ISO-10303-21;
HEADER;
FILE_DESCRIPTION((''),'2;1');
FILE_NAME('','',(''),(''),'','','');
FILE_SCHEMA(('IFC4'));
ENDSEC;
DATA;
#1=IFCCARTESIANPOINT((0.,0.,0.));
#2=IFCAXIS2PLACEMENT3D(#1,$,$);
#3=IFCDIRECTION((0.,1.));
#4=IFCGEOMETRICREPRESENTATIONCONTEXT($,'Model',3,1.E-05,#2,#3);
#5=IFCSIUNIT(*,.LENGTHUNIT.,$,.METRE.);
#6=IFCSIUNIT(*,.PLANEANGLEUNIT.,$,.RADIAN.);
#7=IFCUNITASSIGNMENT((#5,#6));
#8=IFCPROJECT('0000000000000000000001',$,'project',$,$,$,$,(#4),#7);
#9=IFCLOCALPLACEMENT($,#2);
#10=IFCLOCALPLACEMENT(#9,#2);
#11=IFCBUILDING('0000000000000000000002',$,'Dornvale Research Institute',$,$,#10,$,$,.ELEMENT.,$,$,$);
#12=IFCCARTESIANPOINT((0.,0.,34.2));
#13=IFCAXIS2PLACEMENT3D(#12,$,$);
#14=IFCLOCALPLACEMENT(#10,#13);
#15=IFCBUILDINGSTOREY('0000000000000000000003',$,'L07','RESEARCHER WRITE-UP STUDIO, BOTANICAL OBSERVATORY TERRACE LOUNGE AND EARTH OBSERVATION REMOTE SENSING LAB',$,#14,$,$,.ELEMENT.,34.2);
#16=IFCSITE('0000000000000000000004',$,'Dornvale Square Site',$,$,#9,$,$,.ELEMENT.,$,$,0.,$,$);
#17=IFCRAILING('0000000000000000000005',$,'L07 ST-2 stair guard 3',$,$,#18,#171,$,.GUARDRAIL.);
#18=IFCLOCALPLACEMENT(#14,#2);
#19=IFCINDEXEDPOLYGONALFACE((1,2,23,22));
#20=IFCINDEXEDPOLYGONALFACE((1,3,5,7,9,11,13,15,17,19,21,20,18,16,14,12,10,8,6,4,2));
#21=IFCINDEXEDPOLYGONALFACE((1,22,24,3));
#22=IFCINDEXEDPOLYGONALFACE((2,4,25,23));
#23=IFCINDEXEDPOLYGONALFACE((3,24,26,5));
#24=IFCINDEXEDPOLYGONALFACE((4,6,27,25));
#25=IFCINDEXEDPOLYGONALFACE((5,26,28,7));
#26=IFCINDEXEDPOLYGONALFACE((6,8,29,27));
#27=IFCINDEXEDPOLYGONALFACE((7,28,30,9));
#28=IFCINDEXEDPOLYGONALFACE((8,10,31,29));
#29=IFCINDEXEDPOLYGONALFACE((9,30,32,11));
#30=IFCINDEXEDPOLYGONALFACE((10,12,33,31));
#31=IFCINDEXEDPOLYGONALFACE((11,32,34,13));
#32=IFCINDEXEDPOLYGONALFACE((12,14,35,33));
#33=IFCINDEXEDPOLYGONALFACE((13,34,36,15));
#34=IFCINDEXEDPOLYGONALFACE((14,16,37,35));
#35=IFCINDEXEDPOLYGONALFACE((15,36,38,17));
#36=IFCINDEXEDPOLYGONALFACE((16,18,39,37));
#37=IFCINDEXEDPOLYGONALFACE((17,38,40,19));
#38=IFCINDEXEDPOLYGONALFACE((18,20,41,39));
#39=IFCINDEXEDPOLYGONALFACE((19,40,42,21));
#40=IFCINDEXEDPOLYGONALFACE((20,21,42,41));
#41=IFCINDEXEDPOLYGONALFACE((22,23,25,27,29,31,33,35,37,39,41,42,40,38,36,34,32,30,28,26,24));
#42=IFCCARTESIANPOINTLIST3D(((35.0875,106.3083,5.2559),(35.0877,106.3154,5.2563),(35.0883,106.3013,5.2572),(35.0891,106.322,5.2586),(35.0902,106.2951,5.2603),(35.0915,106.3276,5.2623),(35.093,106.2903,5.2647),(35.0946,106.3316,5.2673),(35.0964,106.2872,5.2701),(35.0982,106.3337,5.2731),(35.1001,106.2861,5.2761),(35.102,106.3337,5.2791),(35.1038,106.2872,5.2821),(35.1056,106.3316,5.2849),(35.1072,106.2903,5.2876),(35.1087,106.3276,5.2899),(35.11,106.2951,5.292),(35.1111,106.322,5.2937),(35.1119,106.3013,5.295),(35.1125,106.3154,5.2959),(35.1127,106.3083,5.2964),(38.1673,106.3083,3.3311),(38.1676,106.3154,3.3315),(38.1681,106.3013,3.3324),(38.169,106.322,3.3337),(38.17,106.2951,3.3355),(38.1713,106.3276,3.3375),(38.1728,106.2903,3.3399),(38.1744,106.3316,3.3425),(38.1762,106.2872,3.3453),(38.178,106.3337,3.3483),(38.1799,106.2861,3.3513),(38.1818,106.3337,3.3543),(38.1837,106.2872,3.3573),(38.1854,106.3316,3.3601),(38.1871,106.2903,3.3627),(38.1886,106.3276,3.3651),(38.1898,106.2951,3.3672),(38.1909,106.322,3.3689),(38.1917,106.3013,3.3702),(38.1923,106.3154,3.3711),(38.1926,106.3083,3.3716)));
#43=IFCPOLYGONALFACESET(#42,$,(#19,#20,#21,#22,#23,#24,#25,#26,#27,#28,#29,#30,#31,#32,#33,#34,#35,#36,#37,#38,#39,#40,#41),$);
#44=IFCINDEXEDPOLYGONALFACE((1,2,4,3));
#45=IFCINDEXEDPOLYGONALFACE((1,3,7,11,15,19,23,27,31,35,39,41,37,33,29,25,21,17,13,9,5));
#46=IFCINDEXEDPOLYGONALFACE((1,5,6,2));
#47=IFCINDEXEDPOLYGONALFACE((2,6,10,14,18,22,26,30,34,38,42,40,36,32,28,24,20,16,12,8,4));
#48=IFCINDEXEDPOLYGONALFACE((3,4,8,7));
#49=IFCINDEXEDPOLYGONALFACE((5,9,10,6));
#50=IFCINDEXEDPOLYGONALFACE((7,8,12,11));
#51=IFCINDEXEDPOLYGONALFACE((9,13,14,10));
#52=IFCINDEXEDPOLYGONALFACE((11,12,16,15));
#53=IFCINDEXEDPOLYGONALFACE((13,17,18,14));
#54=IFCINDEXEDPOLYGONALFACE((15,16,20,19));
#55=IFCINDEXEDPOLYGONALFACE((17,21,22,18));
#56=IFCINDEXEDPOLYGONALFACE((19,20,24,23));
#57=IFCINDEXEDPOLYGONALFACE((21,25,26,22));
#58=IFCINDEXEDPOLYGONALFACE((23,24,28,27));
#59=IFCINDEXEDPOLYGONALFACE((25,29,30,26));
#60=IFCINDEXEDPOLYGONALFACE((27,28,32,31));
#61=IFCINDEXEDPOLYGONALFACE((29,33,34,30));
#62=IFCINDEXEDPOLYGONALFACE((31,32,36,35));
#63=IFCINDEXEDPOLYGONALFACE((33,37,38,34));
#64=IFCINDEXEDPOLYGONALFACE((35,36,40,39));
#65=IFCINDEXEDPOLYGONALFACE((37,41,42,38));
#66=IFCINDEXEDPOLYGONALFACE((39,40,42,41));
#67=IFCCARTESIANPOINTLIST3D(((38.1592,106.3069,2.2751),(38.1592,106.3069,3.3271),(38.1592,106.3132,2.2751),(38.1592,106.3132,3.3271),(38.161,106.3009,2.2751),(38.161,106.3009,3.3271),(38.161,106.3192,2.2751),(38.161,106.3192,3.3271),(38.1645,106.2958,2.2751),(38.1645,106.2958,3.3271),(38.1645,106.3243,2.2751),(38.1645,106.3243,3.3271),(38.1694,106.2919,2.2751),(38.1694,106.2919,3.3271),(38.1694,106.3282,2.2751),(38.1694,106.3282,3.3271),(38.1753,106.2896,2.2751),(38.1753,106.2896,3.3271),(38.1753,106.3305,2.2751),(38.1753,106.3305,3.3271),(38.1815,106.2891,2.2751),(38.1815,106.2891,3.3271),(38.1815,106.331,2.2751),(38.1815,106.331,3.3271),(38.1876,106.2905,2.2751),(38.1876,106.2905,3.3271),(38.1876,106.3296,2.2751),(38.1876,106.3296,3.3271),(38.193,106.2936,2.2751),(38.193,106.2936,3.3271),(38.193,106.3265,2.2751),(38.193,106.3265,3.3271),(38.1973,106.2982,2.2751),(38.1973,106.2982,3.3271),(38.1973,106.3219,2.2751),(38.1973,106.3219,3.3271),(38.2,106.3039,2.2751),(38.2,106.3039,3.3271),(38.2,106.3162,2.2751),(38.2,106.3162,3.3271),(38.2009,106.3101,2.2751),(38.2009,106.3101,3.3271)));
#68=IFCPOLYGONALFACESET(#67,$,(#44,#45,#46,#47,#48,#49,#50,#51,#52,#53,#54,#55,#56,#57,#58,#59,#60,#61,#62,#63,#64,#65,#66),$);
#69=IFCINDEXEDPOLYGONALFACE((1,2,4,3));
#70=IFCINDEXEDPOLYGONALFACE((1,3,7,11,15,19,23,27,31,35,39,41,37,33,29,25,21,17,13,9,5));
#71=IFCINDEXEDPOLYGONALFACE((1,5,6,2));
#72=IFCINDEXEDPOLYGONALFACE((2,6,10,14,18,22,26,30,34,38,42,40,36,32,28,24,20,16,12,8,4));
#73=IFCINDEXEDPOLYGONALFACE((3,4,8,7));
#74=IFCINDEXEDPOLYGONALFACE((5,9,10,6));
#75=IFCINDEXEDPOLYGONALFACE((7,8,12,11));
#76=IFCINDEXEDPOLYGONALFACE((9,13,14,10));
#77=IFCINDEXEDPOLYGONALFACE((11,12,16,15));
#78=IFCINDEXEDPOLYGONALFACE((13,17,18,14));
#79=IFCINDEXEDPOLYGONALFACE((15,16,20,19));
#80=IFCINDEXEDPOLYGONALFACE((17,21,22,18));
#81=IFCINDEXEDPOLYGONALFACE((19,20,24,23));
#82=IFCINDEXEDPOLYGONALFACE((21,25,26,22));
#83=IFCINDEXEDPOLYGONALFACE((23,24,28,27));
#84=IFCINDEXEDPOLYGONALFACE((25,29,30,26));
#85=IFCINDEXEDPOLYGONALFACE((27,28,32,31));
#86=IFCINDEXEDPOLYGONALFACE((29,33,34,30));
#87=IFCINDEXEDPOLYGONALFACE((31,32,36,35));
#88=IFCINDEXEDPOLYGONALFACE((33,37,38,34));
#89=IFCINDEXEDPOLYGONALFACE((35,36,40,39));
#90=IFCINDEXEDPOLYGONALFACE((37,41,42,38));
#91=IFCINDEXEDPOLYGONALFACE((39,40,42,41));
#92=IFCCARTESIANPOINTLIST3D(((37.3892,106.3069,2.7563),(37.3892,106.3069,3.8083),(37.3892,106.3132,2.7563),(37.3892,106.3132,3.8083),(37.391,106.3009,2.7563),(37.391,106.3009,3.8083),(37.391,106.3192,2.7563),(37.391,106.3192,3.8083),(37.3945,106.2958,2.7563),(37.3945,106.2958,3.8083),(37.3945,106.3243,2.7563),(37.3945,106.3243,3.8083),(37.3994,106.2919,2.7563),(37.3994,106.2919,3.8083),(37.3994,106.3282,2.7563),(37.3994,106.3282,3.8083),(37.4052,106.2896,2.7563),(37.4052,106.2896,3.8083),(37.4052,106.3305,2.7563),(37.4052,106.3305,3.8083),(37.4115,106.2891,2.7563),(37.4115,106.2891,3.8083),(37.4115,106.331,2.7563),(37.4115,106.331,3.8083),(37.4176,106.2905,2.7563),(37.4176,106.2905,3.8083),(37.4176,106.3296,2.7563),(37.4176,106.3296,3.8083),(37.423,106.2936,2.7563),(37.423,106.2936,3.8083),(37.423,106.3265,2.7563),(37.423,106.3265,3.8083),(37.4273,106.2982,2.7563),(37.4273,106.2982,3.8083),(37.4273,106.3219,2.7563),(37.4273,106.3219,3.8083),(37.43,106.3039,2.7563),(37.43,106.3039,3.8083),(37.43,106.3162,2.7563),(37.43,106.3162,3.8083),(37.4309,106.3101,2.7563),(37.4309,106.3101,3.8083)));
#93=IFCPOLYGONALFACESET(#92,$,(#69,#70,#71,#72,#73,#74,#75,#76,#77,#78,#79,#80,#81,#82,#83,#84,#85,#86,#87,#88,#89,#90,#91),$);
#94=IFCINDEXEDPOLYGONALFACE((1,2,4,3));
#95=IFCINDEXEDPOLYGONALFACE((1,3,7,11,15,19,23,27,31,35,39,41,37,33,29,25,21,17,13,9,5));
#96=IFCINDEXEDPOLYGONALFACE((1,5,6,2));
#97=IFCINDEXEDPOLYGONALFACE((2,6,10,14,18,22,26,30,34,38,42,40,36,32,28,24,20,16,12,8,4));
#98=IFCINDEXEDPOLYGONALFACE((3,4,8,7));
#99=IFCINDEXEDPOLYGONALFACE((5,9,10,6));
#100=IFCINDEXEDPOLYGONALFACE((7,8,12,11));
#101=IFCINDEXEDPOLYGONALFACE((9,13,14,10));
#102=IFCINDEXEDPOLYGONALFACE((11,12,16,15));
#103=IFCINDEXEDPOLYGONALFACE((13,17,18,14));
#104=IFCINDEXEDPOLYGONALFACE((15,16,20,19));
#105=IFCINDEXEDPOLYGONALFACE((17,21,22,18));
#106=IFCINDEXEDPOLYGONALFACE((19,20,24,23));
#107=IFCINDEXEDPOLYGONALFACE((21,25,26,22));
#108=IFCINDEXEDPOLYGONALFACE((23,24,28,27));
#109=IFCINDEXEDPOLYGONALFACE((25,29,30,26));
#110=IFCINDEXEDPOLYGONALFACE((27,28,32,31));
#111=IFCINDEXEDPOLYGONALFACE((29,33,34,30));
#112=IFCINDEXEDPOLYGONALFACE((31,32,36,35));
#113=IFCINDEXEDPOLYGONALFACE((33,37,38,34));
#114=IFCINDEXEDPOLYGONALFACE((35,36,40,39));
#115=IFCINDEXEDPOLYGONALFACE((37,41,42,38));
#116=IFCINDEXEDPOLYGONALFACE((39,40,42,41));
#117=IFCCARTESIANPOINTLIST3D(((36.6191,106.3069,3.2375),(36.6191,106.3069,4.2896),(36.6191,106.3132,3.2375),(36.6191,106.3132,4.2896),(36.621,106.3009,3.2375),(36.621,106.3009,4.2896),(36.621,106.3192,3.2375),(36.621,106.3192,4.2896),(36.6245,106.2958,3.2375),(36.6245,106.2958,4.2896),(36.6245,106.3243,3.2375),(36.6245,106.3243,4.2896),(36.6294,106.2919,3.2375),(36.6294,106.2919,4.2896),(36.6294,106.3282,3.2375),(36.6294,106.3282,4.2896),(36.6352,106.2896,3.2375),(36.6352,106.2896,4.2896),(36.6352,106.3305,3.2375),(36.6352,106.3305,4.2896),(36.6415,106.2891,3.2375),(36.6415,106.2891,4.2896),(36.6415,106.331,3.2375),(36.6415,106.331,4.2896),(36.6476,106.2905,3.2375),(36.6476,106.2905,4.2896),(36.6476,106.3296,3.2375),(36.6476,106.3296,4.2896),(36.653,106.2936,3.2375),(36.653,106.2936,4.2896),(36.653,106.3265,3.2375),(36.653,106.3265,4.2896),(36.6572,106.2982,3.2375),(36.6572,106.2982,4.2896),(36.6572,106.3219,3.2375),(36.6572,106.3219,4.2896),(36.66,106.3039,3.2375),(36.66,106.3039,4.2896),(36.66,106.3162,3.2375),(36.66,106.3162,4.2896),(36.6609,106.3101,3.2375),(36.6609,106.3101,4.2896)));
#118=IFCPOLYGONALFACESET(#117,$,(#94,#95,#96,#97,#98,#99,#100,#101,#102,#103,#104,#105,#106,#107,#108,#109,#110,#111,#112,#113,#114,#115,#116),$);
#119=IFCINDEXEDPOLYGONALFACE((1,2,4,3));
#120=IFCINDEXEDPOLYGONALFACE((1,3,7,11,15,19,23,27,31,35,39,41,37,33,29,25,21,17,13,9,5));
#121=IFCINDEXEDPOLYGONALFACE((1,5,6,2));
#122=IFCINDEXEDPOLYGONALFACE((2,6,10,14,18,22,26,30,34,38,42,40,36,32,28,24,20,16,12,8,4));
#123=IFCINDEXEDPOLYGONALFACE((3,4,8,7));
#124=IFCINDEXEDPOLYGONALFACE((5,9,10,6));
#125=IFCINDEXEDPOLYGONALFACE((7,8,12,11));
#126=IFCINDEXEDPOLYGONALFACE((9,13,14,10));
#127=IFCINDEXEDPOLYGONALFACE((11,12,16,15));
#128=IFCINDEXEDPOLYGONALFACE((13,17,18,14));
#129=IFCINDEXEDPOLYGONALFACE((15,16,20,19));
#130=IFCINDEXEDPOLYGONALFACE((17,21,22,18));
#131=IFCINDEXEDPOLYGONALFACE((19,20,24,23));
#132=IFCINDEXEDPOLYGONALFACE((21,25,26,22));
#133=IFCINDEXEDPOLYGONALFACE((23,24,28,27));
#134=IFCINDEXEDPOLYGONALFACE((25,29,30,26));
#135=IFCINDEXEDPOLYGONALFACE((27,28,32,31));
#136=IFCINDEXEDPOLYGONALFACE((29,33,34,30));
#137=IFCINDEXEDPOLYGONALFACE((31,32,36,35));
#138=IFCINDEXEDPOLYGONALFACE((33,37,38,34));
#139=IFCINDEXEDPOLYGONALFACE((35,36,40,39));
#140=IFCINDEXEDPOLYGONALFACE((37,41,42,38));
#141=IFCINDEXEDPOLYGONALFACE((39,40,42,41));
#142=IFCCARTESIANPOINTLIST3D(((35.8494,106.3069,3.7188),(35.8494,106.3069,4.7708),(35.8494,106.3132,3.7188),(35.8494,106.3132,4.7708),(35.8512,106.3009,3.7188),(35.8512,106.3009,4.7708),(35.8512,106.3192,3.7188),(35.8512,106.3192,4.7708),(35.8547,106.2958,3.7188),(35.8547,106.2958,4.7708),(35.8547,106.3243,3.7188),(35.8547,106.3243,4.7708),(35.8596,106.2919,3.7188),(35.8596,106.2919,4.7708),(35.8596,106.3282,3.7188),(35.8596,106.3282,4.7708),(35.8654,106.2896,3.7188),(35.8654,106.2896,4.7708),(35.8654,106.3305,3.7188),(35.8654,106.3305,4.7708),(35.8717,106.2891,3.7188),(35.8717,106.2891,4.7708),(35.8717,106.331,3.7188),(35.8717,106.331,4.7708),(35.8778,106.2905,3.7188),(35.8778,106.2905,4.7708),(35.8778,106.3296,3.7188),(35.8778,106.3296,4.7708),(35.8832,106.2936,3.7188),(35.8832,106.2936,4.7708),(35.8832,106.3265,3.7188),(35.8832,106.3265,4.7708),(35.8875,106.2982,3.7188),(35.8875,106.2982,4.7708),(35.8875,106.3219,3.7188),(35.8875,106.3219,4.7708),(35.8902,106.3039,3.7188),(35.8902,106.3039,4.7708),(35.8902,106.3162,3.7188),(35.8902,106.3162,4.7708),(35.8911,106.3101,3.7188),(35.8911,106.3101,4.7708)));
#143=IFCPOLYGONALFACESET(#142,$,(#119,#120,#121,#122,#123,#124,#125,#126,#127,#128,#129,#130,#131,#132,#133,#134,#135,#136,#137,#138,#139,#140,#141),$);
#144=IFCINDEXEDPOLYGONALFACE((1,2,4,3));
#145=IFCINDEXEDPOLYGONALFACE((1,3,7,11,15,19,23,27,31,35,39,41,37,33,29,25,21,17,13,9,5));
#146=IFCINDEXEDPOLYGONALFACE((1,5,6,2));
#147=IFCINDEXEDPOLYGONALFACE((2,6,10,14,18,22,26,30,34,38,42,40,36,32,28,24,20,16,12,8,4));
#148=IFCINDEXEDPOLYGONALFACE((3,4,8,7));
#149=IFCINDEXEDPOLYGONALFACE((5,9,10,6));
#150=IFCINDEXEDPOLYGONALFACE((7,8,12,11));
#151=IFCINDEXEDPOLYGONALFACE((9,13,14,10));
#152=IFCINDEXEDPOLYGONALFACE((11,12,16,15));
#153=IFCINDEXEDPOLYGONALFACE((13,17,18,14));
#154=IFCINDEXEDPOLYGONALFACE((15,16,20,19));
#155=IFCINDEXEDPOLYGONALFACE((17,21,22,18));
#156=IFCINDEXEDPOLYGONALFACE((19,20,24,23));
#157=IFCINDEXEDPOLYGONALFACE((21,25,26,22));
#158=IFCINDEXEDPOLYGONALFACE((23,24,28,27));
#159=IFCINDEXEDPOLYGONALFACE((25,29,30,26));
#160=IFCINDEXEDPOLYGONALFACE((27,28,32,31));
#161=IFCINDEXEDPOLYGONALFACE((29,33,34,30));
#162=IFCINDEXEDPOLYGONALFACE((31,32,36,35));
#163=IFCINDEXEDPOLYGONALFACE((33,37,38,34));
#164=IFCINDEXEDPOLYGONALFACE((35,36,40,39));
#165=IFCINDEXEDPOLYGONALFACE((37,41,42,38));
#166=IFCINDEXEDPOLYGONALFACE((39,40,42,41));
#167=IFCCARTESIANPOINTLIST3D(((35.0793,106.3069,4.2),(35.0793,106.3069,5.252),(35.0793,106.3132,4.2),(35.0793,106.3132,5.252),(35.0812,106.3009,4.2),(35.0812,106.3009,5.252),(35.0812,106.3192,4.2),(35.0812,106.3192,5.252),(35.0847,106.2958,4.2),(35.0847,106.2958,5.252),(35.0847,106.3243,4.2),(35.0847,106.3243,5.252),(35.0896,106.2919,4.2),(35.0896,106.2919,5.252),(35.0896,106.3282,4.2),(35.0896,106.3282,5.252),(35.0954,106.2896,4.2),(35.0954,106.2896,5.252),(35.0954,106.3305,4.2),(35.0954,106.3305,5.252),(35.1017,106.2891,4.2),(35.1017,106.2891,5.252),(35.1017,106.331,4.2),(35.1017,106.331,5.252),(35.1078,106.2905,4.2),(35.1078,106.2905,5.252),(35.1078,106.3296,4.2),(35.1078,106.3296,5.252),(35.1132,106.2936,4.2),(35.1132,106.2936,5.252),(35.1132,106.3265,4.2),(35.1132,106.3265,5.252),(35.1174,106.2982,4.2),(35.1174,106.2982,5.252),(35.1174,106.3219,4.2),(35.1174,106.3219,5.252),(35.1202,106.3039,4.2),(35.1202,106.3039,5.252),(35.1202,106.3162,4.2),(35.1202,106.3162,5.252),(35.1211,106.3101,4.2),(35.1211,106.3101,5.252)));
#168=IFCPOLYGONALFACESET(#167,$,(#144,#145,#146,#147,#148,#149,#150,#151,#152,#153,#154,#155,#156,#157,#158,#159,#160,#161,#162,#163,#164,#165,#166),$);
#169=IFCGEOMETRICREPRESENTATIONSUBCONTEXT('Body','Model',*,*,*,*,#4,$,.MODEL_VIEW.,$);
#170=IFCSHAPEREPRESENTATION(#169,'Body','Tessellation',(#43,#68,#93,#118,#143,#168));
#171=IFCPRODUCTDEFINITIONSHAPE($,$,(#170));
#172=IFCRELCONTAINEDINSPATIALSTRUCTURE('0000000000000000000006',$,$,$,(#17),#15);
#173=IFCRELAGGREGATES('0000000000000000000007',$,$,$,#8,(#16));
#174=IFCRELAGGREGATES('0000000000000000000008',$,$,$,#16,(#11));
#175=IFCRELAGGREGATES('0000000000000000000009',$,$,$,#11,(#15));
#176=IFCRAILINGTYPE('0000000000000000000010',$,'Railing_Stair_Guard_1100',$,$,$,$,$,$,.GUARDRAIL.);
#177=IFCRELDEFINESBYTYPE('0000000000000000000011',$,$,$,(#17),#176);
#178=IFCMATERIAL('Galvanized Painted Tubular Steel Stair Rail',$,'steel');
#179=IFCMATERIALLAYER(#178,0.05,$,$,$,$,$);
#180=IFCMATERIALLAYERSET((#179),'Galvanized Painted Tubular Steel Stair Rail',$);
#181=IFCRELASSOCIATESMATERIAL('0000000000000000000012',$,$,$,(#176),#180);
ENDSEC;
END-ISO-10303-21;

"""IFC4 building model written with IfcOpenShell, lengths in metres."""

from ifc_helpers import new_model, si_unit, direction, frame, origin, origin_2d, place, context, subcontext, project, spatial, circle, extrude, material, layer, layer_set, type_object, element, save


model = new_model("IFC4")

# Units and contexts
model_context = context("Model", 3, precision=1e-05, world=origin(), true_north=direction((0.0, 1.0)))
body_context = subcontext(model_context, "Body", "Model", "MODEL_VIEW")
ifc_project = project(units=[si_unit("LENGTHUNIT", "METRE"), si_unit("PLANEANGLEUNIT", "RADIAN")], contexts=[model_context])

# Site, building, storey
site_placement = place(None, origin())
site = spatial("IfcSite", under=ifc_project, at=site_placement, Name="Dornvale Square Site", CompositionType="ELEMENT", RefElevation=0.0)
building_placement = place(site_placement, origin())
building = spatial("IfcBuilding", under=site, at=building_placement, Name="Dornvale Research Institute", CompositionType="ELEMENT")
storey_placement = place(building_placement, frame((0.0, 0.0, 34.2)))
storey = spatial("IfcBuildingStorey", under=building, at=storey_placement, Name="L07", Description="RESEARCHER WRITE-UP STUDIO, BOTANICAL OBSERVATORY TERRACE LOUNGE AND EARTH OBSERVATION REMOTE SENSING LAB", CompositionType="ELEMENT", Elevation=34.2)

# Railing
ifc_material_1 = material(Name="Galvanized Painted Tubular Steel Stair Rail", Category="steel")
ifc_layer_1 = layer(ifc_material_1, 0.05)
ifc_layer_set_1 = layer_set([ifc_layer_1], Name="Galvanized Painted Tubular Steel Stair Rail")
railing_type_1 = type_object("IfcRailingType", Name="Railing_Stair_Guard_1100", PredefinedType="GUARDRAIL", material=ifc_layer_set_1)
railing_1_placement = place(storey_placement, frame((38.1799, 106.3101, 2.2751)))
element("IfcRailing", 1, at=railing_1_placement, inside=storey, type_object=railing_type_1, Name="L07 ST-2 stair guard 3", PredefinedType="GUARDRAIL", context=body_context, shape_type="SweptSolid", body=[
    extrude(circle(Radius=0.0239, at=origin_2d()), frame((0.0, 0.0, 1.0762), z_axis=(-0.84801, 0.0, 0.529981), x_axis=(0.0, -1.0, 0.0)), (0.0, 0.0, 1.0), 3.6318),
    extrude(circle(Radius=0.021, at=origin_2d()), origin(), (0.0, 0.0, 1.0), 1.052),
    extrude(circle(Radius=0.021, at=origin_2d()), frame((-0.77, 0.0, 0.4812)), (0.0, 0.0, 1.0), 1.052),
    extrude(circle(Radius=0.021, at=origin_2d()), frame((-1.54, 0.0, 0.9624)), (0.0, 0.0, 1.0), 1.052),
    extrude(circle(Radius=0.021, at=origin_2d()), frame((-2.3098, 0.0, 1.4436)), (0.0, 0.0, 1.0), 1.052),
    extrude(circle(Radius=0.021, at=origin_2d()), frame((-3.0798, 0.0, 1.9248)), (0.0, 0.0, 1.0), 1.052),
])

save(model, "model.ifc")
